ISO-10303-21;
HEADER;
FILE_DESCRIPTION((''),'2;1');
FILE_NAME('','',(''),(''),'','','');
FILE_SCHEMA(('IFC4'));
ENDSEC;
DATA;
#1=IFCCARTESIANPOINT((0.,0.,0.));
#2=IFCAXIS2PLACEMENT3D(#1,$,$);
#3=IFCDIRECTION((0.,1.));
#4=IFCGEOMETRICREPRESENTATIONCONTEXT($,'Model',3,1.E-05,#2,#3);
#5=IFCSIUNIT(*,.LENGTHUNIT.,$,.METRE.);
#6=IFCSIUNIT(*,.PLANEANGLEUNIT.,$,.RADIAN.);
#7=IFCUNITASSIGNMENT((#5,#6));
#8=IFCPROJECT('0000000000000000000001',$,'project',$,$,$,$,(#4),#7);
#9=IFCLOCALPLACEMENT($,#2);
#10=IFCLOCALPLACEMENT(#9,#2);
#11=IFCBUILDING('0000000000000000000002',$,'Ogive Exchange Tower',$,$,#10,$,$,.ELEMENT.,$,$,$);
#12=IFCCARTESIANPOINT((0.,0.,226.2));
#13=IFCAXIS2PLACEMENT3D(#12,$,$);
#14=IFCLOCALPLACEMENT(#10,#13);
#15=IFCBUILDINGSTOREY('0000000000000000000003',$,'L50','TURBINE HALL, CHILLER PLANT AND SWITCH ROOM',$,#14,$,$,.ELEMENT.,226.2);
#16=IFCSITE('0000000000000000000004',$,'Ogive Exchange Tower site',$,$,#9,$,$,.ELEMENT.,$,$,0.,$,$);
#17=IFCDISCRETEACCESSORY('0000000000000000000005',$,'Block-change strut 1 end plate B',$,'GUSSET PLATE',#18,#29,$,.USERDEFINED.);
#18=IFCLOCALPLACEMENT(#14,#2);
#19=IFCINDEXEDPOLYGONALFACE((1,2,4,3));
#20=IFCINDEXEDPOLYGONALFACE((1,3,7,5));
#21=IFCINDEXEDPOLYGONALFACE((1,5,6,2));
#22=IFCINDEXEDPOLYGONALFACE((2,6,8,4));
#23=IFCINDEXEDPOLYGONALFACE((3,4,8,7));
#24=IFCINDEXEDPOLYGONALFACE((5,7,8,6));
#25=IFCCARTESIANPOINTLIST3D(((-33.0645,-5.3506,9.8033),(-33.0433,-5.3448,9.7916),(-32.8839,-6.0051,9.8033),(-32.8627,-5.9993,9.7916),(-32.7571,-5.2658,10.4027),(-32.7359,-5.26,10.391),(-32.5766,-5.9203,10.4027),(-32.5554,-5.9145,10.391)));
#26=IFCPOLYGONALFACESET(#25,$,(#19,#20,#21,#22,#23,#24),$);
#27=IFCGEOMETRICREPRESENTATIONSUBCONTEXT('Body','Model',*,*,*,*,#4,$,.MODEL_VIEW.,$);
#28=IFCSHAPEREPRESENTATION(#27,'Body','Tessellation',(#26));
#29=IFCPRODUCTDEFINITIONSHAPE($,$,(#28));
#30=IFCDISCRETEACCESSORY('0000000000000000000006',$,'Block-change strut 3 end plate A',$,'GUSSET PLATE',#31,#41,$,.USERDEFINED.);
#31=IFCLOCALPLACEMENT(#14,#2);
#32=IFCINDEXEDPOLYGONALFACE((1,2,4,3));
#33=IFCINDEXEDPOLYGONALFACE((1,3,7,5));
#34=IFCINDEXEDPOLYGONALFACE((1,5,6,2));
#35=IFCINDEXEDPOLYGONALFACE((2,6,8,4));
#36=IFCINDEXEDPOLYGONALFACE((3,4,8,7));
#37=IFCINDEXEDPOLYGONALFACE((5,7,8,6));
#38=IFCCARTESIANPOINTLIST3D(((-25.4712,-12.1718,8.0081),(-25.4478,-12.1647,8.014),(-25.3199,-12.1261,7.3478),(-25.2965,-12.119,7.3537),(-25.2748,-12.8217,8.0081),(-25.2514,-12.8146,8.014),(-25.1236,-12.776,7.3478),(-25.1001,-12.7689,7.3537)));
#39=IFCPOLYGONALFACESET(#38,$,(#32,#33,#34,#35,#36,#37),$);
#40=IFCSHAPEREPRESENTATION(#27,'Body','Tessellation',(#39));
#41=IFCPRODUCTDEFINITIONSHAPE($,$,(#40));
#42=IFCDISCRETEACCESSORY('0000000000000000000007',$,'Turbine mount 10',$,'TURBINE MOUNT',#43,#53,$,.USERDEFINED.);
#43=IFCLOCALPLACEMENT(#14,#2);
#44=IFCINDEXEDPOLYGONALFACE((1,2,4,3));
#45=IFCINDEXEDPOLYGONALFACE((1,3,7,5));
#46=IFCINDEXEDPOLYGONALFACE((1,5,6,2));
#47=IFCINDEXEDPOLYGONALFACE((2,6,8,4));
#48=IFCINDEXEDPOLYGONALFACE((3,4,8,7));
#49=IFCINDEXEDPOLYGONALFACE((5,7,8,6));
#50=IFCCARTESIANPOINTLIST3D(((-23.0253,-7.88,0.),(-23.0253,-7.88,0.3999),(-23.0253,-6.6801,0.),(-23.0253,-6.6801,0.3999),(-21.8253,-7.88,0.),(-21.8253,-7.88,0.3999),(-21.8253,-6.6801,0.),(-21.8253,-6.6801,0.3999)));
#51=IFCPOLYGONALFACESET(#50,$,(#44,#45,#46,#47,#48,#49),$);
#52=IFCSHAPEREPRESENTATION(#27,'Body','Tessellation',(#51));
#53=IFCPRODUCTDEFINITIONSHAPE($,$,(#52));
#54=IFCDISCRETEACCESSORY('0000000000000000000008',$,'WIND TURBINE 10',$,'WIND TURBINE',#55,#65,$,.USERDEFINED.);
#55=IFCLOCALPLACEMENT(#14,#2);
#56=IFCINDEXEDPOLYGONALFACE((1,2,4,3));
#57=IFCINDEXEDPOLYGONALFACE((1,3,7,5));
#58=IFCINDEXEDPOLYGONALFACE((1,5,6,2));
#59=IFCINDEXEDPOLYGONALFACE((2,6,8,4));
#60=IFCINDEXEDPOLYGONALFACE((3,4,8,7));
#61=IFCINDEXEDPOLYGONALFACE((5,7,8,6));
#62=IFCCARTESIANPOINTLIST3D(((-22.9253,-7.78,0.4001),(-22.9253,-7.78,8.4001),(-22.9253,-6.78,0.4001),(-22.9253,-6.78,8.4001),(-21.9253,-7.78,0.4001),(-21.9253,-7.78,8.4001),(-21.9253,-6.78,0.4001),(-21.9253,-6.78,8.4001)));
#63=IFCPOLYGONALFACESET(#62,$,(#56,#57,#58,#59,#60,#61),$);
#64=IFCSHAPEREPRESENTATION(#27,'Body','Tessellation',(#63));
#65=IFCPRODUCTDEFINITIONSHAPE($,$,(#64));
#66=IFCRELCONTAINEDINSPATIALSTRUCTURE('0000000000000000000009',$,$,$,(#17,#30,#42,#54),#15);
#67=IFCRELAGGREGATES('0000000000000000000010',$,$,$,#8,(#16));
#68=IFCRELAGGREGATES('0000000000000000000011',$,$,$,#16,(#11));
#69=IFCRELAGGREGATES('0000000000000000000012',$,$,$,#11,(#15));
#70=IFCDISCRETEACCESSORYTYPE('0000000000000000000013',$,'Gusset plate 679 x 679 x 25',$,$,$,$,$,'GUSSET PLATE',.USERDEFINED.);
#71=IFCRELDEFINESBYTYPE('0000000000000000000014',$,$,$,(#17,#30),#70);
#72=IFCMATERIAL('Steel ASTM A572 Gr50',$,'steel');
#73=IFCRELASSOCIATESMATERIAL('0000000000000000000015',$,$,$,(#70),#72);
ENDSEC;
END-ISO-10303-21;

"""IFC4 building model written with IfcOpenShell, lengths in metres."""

from ifc_helpers import new_model, si_unit, direction, frame, origin, origin_2d, place, context, subcontext, project, spatial, rectangle, extrude, material, material_profile, profile_set, type_object, element, save


model = new_model("IFC4")

# Units and contexts
model_context = context("Model", 3, precision=1e-05, world=origin(), true_north=direction((0.0, 1.0)))
body_context = subcontext(model_context, "Body", "Model", "MODEL_VIEW")
ifc_project = project(units=[si_unit("LENGTHUNIT", "METRE"), si_unit("PLANEANGLEUNIT", "RADIAN")], contexts=[model_context])

# Site, building, storey
site_placement = place(None, origin())
site = spatial("IfcSite", under=ifc_project, at=site_placement, Name="Ogive Exchange Tower site", CompositionType="ELEMENT", RefElevation=0.0)
building_placement = place(site_placement, origin())
building = spatial("IfcBuilding", under=site, at=building_placement, Name="Ogive Exchange Tower", CompositionType="ELEMENT")
storey_placement = place(building_placement, frame((0.0, 0.0, 226.2)))
storey = spatial("IfcBuildingStorey", under=building, at=storey_placement, Name="L50", Description="TURBINE HALL, CHILLER PLANT AND SWITCH ROOM", CompositionType="ELEMENT", Elevation=226.2)

# Discrete accessories
ifc_material_1 = material(Name="Steel ASTM A572 Gr50", Category="steel")
ifc_material_profile_1 = material_profile(ifc_material_1, rectangle(XDim=0.679, YDim=0.679, at=origin_2d()), Name="PL 679 x 679 x 25")
ifc_profile_set_1 = profile_set([ifc_material_profile_1], Name="Steel ASTM A572 Gr50")
discrete_accessory_type_1 = type_object("IfcDiscreteAccessoryType", Name="Gusset plate 679 x 679 x 25", ElementType="GUSSET PLATE", PredefinedType="USERDEFINED", material=ifc_profile_set_1)
for number, where, z_axis, x_axis, name in (
    (1, (-32.7993, -5.6296, 10.0913), (-0.851103, -0.234787, 0.469574), (0.265929, -0.963993, 0.0), "Block-change strut 1 end plate B"),
):
    element("IfcDiscreteAccessory", number, at=place(storey_placement, frame(where, z_axis=z_axis, x_axis=x_axis)), inside=storey, type_object=discrete_accessory_type_1, Name=name, ObjectType="GUSSET PLATE", PredefinedType="USERDEFINED", context=body_context, shape_type="SweptSolid", body=[
        extrude(rectangle(XDim=0.679, YDim=0.679, at=origin_2d()), origin(), (0.0, 0.0, 1.0), 0.0249),
    ])
discrete_accessory_1_placement = place(storey_placement, frame((-25.2974, -12.4739, 7.678), z_axis=(0.930986, 0.281235, 0.232747), x_axis=(-0.289177, 0.957276, 0.0)))
element("IfcDiscreteAccessory", 2, at=discrete_accessory_1_placement, inside=storey, type_object=discrete_accessory_type_1, Name="Block-change strut 3 end plate A", ObjectType="GUSSET PLATE", PredefinedType="USERDEFINED", context=body_context, shape_type="SweptSolid", body=[
    extrude(rectangle(XDim=0.679, YDim=0.679, at=origin_2d()), origin(), (0.0, 0.0, 1.0), 0.0251),
])
discrete_accessory_2_placement = place(storey_placement, frame((-22.4253, -7.28, 0.0), z_axis=(0.0, 0.0, 1.0), x_axis=(1.0, 0.0, 0.0)))
element("IfcDiscreteAccessory", 3, at=discrete_accessory_2_placement, inside=storey, Name="Turbine mount 10", ObjectType="TURBINE MOUNT", PredefinedType="USERDEFINED", context=body_context, shape_type="SweptSolid", body=[
    extrude(rectangle(XDim=1.2, YDim=1.2, at=origin_2d()), origin(), (0.0, 0.0, 1.0), 0.3999),
])
discrete_accessory_3_placement = place(storey_placement, frame((-22.4253, -7.28, 0.4001), z_axis=(0.0, 0.0, 1.0), x_axis=(1.0, 0.0, 0.0)))
element("IfcDiscreteAccessory", 4, at=discrete_accessory_3_placement, inside=storey, Name="WIND TURBINE 10", ObjectType="WIND TURBINE", PredefinedType="USERDEFINED", context=body_context, shape_type="SweptSolid", body=[
    extrude(rectangle(XDim=1.0, YDim=1.0, at=origin_2d()), origin(), (0.0, 0.0, 1.0), 8.0),
])

save(model, "model.ifc")
